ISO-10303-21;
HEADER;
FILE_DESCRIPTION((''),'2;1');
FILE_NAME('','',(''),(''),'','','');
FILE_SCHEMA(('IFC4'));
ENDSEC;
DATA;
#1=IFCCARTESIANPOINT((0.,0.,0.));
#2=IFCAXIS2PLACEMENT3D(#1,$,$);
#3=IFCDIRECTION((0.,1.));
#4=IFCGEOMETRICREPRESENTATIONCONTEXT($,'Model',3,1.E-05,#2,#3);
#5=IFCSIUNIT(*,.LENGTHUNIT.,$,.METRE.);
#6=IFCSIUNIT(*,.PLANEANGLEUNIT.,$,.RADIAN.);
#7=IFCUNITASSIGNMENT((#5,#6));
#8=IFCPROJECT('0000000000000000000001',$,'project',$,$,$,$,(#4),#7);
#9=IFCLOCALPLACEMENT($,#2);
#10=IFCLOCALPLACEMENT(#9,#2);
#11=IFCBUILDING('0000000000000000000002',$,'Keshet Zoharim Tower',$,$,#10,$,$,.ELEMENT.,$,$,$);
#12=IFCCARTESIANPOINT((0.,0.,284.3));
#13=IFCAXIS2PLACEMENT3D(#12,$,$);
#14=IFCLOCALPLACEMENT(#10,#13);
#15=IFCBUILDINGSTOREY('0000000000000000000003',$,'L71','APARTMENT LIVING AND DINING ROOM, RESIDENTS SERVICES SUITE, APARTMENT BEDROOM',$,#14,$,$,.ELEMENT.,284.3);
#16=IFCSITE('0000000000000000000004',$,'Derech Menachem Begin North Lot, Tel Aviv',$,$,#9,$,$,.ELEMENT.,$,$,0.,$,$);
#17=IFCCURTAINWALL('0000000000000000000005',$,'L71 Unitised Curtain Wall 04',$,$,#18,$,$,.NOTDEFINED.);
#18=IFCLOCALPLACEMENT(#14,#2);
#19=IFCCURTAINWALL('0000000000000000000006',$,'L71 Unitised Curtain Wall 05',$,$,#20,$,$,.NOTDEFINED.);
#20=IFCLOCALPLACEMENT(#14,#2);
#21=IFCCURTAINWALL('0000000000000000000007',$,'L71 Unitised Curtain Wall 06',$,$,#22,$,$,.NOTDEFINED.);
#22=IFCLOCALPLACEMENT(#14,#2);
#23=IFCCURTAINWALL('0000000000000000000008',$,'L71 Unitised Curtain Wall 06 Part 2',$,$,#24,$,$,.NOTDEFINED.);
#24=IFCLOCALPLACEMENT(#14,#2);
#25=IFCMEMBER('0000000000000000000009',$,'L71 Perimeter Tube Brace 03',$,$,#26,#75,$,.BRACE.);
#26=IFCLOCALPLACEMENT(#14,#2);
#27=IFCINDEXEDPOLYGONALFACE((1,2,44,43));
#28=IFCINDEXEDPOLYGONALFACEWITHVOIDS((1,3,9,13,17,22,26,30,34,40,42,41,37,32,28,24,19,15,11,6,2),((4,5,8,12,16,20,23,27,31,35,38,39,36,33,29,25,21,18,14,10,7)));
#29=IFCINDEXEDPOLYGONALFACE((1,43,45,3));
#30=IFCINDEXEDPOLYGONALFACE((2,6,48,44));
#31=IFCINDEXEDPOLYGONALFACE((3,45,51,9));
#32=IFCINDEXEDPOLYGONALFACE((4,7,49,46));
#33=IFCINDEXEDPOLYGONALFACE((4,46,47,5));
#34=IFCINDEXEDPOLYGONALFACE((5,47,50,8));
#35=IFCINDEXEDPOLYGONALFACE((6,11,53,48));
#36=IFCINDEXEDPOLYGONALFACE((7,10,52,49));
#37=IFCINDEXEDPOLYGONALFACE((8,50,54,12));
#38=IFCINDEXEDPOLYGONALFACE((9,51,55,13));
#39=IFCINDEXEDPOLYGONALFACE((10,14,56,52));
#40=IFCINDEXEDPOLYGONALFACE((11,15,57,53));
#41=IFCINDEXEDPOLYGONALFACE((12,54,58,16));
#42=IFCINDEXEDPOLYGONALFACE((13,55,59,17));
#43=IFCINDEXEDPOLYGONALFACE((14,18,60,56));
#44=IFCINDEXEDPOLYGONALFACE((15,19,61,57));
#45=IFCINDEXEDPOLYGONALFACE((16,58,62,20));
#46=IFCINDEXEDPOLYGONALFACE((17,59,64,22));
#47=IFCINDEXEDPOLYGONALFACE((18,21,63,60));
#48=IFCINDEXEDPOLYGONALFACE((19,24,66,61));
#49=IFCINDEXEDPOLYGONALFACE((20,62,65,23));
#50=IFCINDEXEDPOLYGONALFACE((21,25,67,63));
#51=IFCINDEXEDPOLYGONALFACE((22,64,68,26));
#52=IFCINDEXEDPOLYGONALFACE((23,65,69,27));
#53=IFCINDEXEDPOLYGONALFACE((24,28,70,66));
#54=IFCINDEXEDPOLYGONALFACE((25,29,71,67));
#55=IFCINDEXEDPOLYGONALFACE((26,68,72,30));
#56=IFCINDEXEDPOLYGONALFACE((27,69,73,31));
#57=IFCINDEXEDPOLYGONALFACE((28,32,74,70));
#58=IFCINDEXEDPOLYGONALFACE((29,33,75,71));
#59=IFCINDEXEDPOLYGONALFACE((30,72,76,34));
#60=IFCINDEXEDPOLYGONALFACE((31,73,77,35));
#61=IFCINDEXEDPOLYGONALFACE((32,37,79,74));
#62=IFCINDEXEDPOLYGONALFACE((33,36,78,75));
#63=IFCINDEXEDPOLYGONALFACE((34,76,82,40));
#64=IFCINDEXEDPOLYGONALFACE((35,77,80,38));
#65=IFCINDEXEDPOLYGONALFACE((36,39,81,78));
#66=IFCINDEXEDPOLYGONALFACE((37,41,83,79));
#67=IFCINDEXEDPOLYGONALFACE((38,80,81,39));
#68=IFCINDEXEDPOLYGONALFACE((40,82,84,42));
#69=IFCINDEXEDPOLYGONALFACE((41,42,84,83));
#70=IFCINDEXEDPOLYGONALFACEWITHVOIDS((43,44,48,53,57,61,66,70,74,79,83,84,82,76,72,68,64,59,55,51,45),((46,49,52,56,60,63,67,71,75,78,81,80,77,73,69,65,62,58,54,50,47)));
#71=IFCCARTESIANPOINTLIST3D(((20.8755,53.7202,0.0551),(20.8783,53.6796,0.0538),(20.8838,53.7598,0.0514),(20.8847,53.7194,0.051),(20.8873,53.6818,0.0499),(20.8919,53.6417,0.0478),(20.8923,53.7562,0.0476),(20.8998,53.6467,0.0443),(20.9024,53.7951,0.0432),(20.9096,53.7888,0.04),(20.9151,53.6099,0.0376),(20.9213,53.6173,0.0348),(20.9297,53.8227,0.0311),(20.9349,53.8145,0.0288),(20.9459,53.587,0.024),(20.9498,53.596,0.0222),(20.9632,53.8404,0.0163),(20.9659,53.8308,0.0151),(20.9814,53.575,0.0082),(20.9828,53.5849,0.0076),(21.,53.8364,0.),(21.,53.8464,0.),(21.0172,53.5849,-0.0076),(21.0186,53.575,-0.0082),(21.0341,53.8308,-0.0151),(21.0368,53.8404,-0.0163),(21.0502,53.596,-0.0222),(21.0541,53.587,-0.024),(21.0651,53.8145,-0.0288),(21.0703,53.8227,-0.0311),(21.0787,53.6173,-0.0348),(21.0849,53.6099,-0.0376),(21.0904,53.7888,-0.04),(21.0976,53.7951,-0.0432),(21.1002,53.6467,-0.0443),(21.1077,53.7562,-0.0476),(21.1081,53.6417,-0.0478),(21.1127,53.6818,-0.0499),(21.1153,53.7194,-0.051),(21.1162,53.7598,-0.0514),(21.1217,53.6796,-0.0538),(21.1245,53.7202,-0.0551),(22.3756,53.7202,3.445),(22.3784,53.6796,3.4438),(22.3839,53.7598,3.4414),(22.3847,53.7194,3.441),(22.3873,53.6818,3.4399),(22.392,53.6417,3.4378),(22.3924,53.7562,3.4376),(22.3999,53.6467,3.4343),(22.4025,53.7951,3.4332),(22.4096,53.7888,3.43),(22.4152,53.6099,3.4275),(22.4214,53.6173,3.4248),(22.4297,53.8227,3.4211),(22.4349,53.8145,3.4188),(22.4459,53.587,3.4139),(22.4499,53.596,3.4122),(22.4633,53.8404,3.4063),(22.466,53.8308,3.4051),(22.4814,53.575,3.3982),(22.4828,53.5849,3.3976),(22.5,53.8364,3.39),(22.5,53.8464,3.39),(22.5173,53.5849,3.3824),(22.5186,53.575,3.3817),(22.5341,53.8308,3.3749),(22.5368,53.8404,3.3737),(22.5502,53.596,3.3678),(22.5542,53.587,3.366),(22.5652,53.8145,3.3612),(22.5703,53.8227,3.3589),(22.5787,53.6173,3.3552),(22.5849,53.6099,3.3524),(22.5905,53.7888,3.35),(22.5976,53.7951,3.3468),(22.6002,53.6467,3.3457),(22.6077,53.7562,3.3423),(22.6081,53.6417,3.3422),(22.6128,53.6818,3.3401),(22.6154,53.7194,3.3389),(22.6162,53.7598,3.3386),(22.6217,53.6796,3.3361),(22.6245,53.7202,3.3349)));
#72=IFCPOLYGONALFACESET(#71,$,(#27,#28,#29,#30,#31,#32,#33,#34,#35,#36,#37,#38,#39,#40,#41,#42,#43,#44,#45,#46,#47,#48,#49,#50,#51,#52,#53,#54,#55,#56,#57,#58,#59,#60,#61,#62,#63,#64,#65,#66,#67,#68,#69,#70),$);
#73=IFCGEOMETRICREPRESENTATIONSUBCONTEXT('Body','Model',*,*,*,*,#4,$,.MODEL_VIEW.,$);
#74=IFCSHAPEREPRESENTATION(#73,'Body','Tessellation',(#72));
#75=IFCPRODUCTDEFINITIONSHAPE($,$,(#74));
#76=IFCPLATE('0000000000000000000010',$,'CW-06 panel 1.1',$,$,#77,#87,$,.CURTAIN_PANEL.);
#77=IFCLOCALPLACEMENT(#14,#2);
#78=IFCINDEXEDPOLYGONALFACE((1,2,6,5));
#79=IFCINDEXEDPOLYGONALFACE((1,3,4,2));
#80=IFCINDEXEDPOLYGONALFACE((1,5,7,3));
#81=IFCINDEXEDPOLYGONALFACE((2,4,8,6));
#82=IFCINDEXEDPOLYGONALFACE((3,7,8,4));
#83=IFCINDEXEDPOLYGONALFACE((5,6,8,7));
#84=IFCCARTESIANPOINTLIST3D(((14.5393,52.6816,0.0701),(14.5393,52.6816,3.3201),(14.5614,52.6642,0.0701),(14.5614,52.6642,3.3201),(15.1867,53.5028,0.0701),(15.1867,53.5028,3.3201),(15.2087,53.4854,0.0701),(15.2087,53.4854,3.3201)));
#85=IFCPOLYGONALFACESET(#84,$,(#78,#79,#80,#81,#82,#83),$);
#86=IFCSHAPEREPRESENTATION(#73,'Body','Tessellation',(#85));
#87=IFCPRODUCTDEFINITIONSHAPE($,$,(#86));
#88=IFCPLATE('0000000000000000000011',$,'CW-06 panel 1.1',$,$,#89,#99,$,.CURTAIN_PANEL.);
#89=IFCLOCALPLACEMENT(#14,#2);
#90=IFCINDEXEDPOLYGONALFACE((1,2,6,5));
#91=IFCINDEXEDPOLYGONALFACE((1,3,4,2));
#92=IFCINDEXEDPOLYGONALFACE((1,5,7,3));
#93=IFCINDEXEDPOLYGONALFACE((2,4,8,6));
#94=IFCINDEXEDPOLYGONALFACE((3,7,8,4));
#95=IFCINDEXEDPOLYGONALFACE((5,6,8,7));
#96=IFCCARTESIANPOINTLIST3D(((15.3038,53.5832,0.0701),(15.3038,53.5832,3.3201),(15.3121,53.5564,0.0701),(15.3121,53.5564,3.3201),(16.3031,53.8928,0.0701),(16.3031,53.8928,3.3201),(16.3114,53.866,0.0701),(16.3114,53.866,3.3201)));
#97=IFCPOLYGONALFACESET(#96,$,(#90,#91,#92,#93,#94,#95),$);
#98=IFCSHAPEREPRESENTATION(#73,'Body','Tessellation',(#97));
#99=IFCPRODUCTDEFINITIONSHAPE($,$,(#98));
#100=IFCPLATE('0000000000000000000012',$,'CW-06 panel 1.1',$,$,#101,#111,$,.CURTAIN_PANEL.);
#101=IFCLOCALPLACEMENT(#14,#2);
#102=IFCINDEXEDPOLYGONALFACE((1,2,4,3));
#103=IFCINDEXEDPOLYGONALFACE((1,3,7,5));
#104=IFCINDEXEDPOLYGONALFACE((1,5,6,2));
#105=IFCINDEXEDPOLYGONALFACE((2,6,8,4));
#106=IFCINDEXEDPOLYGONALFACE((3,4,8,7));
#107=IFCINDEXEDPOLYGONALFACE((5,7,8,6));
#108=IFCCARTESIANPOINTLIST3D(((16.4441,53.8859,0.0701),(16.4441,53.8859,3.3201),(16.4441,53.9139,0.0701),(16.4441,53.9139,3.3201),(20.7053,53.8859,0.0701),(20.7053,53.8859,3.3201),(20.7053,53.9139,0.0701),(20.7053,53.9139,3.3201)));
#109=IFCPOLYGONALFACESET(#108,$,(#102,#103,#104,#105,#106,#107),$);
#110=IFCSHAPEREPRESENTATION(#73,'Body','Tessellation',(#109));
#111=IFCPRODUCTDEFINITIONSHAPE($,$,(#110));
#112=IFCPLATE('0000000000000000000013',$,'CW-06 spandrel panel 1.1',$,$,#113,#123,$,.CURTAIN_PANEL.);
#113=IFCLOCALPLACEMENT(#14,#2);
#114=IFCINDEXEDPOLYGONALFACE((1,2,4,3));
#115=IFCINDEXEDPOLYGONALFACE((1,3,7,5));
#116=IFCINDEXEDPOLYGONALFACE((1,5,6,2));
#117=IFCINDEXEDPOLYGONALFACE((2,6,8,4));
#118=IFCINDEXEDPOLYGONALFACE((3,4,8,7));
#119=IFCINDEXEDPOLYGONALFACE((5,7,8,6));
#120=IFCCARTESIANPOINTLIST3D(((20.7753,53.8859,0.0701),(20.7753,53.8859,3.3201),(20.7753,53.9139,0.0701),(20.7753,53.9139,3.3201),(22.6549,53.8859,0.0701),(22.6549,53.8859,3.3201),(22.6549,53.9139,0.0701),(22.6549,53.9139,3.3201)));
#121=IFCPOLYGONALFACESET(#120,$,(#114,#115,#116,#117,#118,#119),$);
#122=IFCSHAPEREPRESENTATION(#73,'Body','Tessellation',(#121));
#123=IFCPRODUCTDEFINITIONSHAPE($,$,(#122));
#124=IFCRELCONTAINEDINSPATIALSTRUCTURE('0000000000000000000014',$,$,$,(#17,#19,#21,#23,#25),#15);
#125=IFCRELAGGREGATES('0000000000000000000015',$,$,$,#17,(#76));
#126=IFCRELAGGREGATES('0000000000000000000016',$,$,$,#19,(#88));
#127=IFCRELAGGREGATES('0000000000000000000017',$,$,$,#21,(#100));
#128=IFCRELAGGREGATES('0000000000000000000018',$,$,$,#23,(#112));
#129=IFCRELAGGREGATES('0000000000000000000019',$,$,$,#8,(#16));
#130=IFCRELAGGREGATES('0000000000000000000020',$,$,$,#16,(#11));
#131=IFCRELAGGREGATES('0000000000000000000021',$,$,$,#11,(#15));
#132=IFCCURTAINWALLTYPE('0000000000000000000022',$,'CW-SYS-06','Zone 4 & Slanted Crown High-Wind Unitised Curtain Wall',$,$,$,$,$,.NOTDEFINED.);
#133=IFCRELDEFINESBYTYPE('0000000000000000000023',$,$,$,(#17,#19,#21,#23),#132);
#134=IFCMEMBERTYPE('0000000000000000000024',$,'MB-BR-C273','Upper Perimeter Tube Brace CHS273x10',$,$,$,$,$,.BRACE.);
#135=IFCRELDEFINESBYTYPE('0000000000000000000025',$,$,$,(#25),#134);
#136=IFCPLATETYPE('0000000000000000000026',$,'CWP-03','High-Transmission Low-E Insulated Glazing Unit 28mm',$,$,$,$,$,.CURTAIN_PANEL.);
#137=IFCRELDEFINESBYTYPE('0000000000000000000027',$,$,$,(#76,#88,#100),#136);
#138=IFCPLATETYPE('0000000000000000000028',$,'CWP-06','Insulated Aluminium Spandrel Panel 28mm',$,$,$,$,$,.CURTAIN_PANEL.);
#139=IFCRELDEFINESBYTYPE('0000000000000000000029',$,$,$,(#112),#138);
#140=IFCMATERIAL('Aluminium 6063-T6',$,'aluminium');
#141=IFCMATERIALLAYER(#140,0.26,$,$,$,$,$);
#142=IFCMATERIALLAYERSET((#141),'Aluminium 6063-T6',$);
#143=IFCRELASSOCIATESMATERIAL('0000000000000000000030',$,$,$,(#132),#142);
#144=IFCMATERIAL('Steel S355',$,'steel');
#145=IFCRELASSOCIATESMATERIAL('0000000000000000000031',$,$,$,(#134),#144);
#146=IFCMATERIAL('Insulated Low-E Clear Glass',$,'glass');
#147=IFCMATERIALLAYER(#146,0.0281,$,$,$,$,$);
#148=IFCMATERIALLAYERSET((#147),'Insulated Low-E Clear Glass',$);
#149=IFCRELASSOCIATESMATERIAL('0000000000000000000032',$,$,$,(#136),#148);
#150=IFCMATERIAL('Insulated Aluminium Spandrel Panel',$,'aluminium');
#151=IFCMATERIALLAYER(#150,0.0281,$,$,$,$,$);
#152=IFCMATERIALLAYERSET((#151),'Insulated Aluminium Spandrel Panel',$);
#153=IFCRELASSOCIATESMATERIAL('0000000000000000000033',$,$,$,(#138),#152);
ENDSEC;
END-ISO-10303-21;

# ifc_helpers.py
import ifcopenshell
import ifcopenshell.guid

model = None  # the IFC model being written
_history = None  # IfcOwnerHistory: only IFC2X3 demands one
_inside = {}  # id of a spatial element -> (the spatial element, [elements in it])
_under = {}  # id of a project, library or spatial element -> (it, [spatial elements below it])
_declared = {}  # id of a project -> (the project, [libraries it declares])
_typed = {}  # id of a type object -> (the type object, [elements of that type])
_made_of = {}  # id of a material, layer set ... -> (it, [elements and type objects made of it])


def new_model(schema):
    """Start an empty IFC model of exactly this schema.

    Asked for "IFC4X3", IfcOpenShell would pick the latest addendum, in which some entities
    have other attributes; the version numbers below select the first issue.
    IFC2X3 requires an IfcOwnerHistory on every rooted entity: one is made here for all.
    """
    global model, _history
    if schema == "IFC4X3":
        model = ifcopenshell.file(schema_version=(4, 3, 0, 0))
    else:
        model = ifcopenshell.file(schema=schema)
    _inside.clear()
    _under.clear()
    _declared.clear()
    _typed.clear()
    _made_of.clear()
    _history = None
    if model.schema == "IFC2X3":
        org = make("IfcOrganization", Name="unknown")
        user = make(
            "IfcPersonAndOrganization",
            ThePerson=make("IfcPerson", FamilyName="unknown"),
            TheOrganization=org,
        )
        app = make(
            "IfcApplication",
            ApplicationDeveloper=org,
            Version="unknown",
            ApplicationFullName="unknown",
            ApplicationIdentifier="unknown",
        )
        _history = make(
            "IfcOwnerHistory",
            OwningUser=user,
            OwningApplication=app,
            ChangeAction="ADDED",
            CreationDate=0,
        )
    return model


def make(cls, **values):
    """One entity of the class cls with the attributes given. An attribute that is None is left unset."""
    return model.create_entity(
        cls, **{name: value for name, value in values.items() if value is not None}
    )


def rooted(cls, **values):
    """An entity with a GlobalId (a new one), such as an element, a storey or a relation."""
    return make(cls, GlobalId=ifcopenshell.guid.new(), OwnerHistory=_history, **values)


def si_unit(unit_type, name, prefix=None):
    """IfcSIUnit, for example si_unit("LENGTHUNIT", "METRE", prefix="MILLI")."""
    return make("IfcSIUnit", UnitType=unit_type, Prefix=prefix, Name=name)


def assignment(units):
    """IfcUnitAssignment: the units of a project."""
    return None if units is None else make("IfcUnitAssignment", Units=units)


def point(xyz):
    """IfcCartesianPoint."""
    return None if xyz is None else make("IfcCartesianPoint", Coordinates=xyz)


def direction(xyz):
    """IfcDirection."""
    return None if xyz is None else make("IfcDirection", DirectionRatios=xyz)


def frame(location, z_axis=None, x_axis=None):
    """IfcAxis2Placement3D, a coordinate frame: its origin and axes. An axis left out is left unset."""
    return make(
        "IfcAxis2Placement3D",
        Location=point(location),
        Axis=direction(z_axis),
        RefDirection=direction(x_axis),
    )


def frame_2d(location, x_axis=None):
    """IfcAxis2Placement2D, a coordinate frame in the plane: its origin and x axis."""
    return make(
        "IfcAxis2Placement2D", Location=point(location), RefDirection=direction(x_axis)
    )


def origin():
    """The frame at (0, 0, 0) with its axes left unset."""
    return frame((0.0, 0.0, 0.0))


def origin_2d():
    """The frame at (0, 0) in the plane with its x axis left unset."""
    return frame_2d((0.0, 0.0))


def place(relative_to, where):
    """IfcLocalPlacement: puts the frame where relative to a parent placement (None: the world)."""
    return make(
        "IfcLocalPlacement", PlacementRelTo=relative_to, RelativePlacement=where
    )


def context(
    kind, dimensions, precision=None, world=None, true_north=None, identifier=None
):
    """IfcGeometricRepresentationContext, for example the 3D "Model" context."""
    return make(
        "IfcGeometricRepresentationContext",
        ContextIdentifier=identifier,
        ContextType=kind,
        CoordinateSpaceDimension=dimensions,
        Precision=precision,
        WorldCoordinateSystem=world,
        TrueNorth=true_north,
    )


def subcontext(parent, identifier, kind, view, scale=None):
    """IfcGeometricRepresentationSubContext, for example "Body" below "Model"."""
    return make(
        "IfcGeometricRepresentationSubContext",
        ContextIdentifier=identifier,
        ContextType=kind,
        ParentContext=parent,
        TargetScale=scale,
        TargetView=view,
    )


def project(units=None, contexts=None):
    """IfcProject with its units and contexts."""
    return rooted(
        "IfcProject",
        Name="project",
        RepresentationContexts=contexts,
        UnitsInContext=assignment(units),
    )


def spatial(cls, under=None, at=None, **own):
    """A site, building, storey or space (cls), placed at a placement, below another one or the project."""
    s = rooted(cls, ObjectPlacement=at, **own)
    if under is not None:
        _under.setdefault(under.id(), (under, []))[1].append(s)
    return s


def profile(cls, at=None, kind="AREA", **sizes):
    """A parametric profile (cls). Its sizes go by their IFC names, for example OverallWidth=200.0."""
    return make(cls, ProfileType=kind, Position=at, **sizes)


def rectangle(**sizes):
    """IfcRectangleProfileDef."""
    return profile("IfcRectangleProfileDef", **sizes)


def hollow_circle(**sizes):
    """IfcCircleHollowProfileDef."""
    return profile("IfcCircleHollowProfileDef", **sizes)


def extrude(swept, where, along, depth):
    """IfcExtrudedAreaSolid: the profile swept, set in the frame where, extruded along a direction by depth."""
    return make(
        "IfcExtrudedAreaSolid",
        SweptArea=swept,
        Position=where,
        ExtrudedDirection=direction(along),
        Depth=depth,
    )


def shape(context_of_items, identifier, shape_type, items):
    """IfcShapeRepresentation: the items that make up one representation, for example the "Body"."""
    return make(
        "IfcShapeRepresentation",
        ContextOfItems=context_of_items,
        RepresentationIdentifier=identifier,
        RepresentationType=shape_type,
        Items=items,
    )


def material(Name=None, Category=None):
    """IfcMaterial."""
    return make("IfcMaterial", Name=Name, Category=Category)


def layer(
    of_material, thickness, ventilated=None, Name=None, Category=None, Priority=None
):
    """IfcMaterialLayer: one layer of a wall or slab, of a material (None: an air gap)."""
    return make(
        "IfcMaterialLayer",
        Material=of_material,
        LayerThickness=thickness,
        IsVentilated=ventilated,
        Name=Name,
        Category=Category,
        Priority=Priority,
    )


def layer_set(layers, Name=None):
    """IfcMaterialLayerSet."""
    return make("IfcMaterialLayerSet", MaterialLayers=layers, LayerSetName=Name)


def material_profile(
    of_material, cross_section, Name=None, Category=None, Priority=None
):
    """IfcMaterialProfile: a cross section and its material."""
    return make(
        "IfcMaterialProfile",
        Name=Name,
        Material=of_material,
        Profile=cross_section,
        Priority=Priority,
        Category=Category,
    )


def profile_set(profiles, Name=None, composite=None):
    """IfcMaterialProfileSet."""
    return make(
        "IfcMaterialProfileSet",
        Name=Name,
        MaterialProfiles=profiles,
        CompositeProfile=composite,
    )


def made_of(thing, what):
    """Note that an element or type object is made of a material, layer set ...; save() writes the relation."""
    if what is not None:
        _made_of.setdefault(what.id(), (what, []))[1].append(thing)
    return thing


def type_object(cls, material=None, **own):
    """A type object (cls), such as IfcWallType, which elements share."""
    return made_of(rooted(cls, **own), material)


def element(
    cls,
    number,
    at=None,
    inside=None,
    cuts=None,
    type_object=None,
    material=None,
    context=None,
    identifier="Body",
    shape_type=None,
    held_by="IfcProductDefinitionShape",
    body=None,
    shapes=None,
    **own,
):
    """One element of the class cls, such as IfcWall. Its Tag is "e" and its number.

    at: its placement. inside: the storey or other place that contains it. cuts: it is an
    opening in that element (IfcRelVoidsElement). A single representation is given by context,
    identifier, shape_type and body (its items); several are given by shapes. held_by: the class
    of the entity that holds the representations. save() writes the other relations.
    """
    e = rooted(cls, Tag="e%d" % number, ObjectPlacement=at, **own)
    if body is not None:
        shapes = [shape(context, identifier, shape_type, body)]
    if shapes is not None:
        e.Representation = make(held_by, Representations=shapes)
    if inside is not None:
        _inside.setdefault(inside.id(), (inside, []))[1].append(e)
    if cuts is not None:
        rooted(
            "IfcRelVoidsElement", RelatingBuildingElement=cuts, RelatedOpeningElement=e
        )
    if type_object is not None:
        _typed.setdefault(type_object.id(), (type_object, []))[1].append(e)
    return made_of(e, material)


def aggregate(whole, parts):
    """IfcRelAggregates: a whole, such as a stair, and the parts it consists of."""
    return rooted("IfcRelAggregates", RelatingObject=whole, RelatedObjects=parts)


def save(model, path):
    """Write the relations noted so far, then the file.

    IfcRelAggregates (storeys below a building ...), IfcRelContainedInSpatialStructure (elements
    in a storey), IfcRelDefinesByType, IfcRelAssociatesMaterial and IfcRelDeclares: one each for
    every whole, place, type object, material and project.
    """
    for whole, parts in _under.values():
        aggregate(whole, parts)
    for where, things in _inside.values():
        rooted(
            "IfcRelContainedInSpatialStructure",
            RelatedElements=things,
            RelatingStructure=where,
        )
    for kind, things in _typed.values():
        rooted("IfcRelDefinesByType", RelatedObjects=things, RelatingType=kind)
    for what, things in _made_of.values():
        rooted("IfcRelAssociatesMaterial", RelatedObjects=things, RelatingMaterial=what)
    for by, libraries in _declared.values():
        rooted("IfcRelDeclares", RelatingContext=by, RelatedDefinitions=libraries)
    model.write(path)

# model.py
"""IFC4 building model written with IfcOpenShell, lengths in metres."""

from ifc_helpers import new_model, si_unit, direction, frame, origin, origin_2d, place, context, subcontext, project, spatial, rectangle, hollow_circle, extrude, material, layer, layer_set, material_profile, profile_set, type_object, element, aggregate, save


model = new_model("IFC4")

# Units and contexts
model_context = context("Model", 3, precision=1e-05, world=origin(), true_north=direction((0.0, 1.0)))
body_context = subcontext(model_context, "Body", "Model", "MODEL_VIEW")
ifc_project = project(units=[si_unit("LENGTHUNIT", "METRE"), si_unit("PLANEANGLEUNIT", "RADIAN")], contexts=[model_context])

# Site, building, storey
site_placement = place(None, origin())
site = spatial("IfcSite", under=ifc_project, at=site_placement, Name="Derech Menachem Begin North Lot, Tel Aviv", CompositionType="ELEMENT", RefElevation=0.0)
building_placement = place(site_placement, origin())
building = spatial("IfcBuilding", under=site, at=building_placement, Name="Keshet Zoharim Tower", CompositionType="ELEMENT")
storey_placement = place(building_placement, frame((0.0, 0.0, 284.3)))
storey = spatial("IfcBuildingStorey", under=building, at=storey_placement, Name="L71", Description="APARTMENT LIVING AND DINING ROOM, RESIDENTS SERVICES SUITE, APARTMENT BEDROOM", CompositionType="ELEMENT", Elevation=284.3)

# Shared definitions
ifc_material_1 = material(Name="Steel S355", Category="steel")

# Curtain wall
ifc_material_2 = material(Name="Aluminium 6063-T6", Category="aluminium")
ifc_layer_1 = layer(ifc_material_2, 0.26)
ifc_layer_set_1 = layer_set([ifc_layer_1], Name="Aluminium 6063-T6")
curtain_wall_type = type_object("IfcCurtainWallType", Name="CW-SYS-06", Description="Zone 4 & Slanted Crown High-Wind Unitised Curtain Wall", PredefinedType="NOTDEFINED", material=ifc_layer_set_1)
curtain_wall_1_placement = place(storey_placement, origin())
curtain_wall_1 = element("IfcCurtainWall", 1, at=curtain_wall_1_placement, inside=storey, type_object=curtain_wall_type, Name="L71 Unitised Curtain Wall 04", PredefinedType="NOTDEFINED")

# Curtain walls
curtain_wall_2_placement = place(storey_placement, origin())
curtain_wall_2 = element("IfcCurtainWall", 2, at=curtain_wall_2_placement, inside=storey, type_object=curtain_wall_type, Name="L71 Unitised Curtain Wall 05", PredefinedType="NOTDEFINED")
curtain_wall_3_placement = place(storey_placement, origin())
curtain_wall_3 = element("IfcCurtainWall", 3, at=curtain_wall_3_placement, inside=storey, type_object=curtain_wall_type, Name="L71 Unitised Curtain Wall 06", PredefinedType="NOTDEFINED")

# Curtain wall
curtain_wall_4_placement = place(storey_placement, origin())
curtain_wall_4 = element("IfcCurtainWall", 4, at=curtain_wall_4_placement, inside=storey, type_object=curtain_wall_type, Name="L71 Unitised Curtain Wall 06 Part 2", PredefinedType="NOTDEFINED")

# Member
ifc_material_profile_1 = material_profile(ifc_material_1, hollow_circle(Radius=0.1365, WallThickness=0.01, at=origin_2d()), Name="CHS273x10")
ifc_profile_set_1 = profile_set([ifc_material_profile_1], Name="Steel S355")
member_type_1 = type_object("IfcMemberType", Name="MB-BR-C273", Description="Upper Perimeter Tube Brace CHS273x10", PredefinedType="BRACE", material=ifc_profile_set_1)
member_1_placement = place(storey_placement, frame((21.0, 53.71, 0.0), z_axis=(0.404647, 0.0, 0.914473), x_axis=(0.0, 1.0, 0.0)))
element("IfcMember", 5, at=member_1_placement, inside=storey, type_object=member_type_1, Name="L71 Perimeter Tube Brace 03", PredefinedType="BRACE", context=body_context, shape_type="SweptSolid", body=[
    extrude(hollow_circle(Radius=0.1365, WallThickness=0.01, at=origin_2d()), origin(), (0.0, 0.0, 1.0), 3.707),
])

# Plates
ifc_material_3 = material(Name="Insulated Low-E Clear Glass", Category="glass")
ifc_layer_2 = layer(ifc_material_3, 0.0281)
ifc_layer_set_2 = layer_set([ifc_layer_2], Name="Insulated Low-E Clear Glass")
plate_type_1 = type_object("IfcPlateType", Name="CWP-03", Description="High-Transmission Low-E Insulated Glazing Unit 28mm", PredefinedType="CURTAIN_PANEL", material=ifc_layer_set_2)
plate_1_placement = place(storey_placement, frame((14.874, 53.0835, 0.0701), z_axis=(0.0, 0.0, 1.0), x_axis=(0.619125, 0.785293, 0.0)))
plate_1 = element("IfcPlate", 6, at=plate_1_placement, type_object=plate_type_1, Name="CW-06 panel 1.1", PredefinedType="CURTAIN_PANEL", context=body_context, shape_type="SweptSolid", body=[
    extrude(rectangle(XDim=1.0457, YDim=0.0281, at=origin_2d()), origin(), (0.0, 0.0, 1.0), 3.25),
])
aggregate(curtain_wall_1, [plate_1])
plate_2_placement = place(storey_placement, frame((15.8076, 53.7246, 0.0701), z_axis=(0.0, 0.0, 1.0), x_axis=(0.955212, 0.295922, 0.0)))
plate_2 = element("IfcPlate", 7, at=plate_2_placement, type_object=plate_type_1, Name="CW-06 panel 1.1", PredefinedType="CURTAIN_PANEL", context=body_context, shape_type="SweptSolid", body=[
    extrude(rectangle(XDim=1.0461, YDim=0.0281, at=origin_2d()), origin(), (0.0, 0.0, 1.0), 3.25),
])
aggregate(curtain_wall_2, [plate_2])
plate_3_placement = place(storey_placement, frame((18.5747, 53.8999, 0.0701), z_axis=(0.0, 0.0, 1.0), x_axis=(1.0, 0.0, 0.0)))
plate_3 = element("IfcPlate", 8, at=plate_3_placement, type_object=plate_type_1, Name="CW-06 panel 1.1", PredefinedType="CURTAIN_PANEL", context=body_context, shape_type="SweptSolid", body=[
    extrude(rectangle(XDim=4.2612, YDim=0.0281, at=origin_2d()), origin(), (0.0, 0.0, 1.0), 3.25),
])
aggregate(curtain_wall_3, [plate_3])
ifc_material_4 = material(Name="Insulated Aluminium Spandrel Panel", Category="aluminium")
ifc_layer_3 = layer(ifc_material_4, 0.0281)
ifc_layer_set_3 = layer_set([ifc_layer_3], Name="Insulated Aluminium Spandrel Panel")
plate_type_2 = type_object("IfcPlateType", Name="CWP-06", Description="Insulated Aluminium Spandrel Panel 28mm", PredefinedType="CURTAIN_PANEL", material=ifc_layer_set_3)
plate_4_placement = place(storey_placement, frame((21.7151, 53.8999, 0.0701), z_axis=(0.0, 0.0, 1.0), x_axis=(1.0, 0.0, 0.0)))
plate_4 = element("IfcPlate", 9, at=plate_4_placement, type_object=plate_type_2, Name="CW-06 spandrel panel 1.1", PredefinedType="CURTAIN_PANEL", context=body_context, shape_type="SweptSolid", body=[
    extrude(rectangle(XDim=1.8796, YDim=0.0281, at=origin_2d()), origin(), (0.0, 0.0, 1.0), 3.25),
])
aggregate(curtain_wall_4, [plate_4])

save(model, "model.ifc")
